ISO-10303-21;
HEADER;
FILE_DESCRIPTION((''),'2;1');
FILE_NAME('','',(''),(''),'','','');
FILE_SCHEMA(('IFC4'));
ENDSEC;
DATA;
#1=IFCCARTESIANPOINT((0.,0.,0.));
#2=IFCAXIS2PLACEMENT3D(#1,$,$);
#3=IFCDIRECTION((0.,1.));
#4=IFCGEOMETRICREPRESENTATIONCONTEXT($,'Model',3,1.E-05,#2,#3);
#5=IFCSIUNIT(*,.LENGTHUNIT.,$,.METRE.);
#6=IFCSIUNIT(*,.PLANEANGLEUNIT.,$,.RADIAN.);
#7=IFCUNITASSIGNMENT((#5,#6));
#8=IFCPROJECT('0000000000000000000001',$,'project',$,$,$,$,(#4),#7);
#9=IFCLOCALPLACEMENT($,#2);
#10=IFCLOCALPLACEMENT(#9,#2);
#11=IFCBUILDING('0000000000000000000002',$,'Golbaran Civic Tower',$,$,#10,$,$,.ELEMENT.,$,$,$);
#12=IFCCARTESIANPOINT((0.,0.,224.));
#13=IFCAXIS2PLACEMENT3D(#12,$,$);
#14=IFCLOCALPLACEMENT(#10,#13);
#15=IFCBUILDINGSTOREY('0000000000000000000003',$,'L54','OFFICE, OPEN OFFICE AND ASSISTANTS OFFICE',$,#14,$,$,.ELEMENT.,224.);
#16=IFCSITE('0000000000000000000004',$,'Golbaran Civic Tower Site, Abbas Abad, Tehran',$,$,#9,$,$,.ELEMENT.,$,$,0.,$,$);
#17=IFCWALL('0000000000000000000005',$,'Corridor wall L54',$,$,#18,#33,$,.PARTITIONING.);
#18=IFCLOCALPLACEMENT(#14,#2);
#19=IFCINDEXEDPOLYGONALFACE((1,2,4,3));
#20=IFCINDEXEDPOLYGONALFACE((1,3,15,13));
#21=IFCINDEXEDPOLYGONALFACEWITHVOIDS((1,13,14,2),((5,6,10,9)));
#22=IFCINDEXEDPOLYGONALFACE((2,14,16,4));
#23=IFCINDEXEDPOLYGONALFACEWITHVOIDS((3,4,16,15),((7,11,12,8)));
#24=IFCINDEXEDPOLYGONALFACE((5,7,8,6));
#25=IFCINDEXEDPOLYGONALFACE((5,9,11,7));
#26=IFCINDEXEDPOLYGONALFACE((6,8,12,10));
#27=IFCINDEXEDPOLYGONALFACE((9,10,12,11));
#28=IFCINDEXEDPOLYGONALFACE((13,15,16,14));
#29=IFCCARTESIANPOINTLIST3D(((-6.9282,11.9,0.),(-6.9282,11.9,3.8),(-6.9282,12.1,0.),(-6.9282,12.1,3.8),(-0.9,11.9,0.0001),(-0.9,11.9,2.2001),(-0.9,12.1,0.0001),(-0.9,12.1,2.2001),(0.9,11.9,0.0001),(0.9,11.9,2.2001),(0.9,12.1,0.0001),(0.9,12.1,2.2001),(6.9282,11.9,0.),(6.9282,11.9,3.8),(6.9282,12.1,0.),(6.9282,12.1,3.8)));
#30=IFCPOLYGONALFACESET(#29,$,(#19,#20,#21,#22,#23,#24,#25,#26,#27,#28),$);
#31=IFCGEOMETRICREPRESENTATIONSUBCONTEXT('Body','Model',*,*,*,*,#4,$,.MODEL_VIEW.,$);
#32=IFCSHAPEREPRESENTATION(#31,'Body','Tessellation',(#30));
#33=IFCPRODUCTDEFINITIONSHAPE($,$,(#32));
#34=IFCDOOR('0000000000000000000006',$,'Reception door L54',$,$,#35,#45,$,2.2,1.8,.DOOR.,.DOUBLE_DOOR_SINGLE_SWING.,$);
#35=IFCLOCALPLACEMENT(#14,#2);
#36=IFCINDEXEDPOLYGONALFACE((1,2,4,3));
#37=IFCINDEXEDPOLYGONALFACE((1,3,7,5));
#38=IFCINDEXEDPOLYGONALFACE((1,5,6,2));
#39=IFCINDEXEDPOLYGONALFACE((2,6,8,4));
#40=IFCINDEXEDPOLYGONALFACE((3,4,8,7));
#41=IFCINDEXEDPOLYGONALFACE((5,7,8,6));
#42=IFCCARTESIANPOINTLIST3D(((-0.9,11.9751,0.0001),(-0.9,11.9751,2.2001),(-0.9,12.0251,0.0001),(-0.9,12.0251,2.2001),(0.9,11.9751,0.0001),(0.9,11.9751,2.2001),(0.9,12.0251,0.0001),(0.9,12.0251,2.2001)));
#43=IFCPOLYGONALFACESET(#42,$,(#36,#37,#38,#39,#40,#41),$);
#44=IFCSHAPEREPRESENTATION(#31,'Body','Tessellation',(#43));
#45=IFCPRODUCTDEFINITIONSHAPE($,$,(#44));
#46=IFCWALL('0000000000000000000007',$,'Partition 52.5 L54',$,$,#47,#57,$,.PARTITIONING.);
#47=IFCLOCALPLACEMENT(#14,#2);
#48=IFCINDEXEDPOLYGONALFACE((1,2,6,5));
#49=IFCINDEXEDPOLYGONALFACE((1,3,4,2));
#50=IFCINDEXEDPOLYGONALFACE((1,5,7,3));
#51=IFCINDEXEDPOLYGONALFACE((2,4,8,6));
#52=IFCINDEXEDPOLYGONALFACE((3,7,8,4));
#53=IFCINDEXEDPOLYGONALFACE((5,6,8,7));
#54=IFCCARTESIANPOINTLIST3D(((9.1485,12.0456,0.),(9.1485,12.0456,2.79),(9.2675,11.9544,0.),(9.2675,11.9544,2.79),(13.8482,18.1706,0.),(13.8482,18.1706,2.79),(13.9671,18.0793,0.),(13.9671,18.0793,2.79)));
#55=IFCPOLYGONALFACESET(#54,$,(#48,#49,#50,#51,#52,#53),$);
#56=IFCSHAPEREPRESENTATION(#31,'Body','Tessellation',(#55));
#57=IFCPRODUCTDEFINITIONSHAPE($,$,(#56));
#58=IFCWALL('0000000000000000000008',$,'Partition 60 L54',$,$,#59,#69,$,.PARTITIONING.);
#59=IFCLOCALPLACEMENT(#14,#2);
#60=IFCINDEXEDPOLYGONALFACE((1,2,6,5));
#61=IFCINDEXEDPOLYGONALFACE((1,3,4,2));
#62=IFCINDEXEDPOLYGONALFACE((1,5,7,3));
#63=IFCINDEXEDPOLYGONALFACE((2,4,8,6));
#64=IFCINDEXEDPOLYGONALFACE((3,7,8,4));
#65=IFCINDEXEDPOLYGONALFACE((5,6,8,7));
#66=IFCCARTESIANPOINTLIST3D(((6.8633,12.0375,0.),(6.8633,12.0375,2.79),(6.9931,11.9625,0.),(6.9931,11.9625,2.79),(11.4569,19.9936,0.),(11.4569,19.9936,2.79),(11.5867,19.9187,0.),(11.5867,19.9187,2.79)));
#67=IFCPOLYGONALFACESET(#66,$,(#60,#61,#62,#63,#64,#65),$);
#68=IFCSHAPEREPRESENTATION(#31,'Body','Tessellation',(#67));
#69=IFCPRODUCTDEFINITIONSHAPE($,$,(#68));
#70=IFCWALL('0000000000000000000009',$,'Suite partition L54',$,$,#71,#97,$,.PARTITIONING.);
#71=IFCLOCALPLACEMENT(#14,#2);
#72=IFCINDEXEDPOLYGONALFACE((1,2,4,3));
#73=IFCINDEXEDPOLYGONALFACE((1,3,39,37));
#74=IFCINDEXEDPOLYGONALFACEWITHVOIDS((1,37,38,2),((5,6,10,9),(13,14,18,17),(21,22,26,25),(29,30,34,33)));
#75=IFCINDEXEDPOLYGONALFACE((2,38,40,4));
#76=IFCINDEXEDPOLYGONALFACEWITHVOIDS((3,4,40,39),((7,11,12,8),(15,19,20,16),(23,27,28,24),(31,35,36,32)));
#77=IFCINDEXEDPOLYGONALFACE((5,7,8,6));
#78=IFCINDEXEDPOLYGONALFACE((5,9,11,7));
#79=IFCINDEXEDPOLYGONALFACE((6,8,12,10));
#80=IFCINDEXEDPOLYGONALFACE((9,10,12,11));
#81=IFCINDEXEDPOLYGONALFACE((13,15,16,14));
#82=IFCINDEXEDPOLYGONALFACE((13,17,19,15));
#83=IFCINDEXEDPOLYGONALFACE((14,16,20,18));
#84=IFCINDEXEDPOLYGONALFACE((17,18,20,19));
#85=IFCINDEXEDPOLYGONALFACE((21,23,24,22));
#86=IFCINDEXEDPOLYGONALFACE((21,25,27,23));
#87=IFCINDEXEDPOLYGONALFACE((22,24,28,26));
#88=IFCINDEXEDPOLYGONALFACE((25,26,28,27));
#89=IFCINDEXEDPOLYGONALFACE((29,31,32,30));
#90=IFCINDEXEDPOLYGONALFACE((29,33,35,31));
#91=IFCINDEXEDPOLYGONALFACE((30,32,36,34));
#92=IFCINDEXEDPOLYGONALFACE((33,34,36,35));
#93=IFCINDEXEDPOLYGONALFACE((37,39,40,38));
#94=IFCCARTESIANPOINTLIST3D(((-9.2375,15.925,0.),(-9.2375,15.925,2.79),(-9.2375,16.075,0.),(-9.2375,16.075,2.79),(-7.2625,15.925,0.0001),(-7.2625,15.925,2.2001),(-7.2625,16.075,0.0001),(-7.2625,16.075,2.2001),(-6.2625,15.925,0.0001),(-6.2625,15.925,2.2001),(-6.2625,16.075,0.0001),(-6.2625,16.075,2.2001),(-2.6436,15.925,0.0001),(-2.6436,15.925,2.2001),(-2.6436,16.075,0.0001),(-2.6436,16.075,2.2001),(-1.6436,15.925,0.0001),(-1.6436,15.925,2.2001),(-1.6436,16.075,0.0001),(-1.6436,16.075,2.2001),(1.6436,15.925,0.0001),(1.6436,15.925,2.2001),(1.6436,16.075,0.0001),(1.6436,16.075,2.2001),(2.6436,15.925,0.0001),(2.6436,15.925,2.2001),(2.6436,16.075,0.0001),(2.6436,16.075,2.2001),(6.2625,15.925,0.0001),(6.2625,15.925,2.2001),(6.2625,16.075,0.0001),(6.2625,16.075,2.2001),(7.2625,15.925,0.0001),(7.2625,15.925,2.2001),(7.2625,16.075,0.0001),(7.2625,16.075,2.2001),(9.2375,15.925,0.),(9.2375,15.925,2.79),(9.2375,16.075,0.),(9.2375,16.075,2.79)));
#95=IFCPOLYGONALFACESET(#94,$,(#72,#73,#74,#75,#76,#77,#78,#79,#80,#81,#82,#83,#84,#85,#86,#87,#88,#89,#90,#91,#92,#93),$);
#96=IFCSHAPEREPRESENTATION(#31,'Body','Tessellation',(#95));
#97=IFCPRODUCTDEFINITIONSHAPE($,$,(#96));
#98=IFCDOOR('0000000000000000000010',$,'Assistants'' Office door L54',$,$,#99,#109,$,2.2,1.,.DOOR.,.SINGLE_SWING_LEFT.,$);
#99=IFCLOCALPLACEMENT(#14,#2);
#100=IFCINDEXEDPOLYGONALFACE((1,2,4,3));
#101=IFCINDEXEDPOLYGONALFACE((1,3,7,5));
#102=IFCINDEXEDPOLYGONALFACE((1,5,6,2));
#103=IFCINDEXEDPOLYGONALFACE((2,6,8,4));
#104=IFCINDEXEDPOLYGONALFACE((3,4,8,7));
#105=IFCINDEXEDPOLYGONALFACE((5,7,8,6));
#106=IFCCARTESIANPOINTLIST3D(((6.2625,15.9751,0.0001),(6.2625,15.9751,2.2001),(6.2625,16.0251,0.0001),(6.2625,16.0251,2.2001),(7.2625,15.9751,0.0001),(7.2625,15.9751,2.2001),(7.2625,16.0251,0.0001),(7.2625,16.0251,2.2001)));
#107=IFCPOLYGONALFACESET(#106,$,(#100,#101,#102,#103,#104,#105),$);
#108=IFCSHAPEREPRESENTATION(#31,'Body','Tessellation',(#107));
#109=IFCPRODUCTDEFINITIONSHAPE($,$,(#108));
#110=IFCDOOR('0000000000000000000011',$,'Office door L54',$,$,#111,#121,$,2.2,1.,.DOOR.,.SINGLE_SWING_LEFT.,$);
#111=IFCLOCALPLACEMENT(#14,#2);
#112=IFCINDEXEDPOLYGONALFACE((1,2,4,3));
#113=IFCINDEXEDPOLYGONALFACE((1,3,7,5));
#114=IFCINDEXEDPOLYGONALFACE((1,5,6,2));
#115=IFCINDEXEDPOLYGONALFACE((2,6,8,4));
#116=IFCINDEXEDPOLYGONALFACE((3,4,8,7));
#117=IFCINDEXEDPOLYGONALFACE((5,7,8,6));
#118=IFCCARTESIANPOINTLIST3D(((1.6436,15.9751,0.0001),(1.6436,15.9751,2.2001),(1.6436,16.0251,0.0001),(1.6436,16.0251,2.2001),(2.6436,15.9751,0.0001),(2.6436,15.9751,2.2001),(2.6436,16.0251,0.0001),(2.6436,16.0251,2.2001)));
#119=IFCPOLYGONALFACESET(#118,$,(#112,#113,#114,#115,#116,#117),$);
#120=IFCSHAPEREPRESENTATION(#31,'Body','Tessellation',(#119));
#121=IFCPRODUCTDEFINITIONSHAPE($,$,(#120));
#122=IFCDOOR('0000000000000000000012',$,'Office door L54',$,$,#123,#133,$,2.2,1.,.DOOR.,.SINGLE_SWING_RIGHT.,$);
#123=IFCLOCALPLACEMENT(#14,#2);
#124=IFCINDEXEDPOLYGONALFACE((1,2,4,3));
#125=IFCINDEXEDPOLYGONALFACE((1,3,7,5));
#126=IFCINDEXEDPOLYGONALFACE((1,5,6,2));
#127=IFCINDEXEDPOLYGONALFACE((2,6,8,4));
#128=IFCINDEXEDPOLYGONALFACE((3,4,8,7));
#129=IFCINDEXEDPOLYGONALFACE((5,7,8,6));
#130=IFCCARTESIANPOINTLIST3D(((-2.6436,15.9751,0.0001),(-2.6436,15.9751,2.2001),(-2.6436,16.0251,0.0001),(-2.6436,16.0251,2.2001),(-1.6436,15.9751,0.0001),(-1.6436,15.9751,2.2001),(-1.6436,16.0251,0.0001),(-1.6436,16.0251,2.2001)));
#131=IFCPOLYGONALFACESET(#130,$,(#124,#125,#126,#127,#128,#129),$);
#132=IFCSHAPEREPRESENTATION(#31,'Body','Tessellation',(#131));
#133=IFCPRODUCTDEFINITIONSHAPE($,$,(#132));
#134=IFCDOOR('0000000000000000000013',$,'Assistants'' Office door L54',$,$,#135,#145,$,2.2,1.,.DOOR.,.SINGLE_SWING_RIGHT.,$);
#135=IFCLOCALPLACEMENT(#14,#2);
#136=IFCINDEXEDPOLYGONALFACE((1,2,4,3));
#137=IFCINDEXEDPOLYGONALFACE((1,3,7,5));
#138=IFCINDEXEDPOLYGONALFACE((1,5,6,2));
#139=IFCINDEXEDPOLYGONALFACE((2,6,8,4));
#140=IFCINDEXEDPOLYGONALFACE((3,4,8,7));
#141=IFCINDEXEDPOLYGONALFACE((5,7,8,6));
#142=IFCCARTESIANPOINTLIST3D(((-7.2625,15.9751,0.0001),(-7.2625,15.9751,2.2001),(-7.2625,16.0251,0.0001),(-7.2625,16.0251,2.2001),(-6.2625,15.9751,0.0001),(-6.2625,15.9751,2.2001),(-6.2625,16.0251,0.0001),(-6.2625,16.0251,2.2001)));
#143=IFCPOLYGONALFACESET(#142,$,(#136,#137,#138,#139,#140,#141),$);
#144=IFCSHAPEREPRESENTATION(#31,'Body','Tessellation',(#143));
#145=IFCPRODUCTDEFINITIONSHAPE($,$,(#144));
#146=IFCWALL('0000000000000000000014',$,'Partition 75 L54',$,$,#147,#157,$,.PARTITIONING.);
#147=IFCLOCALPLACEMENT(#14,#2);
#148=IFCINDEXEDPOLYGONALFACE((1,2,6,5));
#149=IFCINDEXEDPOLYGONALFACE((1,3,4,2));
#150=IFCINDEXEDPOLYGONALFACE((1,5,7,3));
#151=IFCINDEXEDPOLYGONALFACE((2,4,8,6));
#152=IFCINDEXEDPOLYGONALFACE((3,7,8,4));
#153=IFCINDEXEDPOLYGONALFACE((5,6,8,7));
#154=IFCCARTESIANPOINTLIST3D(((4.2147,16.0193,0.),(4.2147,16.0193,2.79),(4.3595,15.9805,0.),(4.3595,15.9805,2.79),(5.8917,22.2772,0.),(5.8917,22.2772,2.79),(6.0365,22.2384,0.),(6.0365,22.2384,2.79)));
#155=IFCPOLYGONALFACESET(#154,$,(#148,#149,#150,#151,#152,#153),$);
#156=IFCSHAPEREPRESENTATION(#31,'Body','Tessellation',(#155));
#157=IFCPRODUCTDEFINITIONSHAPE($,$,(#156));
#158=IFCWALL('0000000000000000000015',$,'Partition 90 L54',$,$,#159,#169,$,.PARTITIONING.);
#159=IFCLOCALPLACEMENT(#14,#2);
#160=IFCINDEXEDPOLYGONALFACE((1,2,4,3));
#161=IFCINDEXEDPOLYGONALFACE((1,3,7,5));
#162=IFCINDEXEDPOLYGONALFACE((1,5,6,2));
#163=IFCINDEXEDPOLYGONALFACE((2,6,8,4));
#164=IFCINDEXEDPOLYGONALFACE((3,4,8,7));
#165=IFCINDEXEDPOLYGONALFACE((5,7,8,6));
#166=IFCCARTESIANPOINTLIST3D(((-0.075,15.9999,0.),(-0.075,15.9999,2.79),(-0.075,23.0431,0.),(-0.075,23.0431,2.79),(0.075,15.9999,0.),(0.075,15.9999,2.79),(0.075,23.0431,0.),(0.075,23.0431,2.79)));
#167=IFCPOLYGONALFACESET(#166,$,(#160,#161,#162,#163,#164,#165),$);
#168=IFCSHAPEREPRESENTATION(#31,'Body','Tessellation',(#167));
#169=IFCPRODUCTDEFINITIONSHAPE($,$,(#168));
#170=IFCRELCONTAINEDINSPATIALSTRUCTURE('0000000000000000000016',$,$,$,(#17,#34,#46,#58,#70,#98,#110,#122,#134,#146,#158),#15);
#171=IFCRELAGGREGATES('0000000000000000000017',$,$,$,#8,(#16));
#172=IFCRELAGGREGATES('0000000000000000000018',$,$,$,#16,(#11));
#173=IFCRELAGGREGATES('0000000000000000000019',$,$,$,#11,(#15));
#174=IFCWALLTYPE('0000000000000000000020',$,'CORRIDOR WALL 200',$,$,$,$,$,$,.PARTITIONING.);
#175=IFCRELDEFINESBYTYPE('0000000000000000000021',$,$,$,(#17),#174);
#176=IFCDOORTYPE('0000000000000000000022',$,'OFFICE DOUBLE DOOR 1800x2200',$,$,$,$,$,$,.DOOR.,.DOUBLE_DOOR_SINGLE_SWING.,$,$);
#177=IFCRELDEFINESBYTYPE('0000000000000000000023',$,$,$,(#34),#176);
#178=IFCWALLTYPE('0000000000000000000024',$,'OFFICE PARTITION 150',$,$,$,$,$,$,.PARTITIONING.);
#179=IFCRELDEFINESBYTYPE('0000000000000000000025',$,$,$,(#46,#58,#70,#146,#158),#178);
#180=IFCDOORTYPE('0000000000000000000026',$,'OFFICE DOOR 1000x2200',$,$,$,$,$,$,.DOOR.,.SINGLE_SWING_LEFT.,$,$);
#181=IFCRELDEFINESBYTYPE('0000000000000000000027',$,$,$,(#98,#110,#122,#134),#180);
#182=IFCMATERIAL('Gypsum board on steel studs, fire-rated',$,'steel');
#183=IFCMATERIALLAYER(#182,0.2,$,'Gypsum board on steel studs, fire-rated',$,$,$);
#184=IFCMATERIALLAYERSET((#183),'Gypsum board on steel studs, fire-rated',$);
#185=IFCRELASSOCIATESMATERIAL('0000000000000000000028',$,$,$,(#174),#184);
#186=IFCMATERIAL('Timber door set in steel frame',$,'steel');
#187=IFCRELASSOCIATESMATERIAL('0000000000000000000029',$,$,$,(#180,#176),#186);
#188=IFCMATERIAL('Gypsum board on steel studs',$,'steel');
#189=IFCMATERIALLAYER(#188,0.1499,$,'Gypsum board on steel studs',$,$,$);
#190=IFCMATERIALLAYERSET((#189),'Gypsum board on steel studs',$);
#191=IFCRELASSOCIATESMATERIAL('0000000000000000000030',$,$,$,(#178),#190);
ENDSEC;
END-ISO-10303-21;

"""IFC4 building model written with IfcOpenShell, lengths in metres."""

from ifc_helpers import new_model, si_unit, direction, frame, frame_2d, origin, place, context, subcontext, project, spatial, rectangle, extrude, material, layer, layer_set, type_object, element, fill, save


model = new_model("IFC4")

# Units and contexts
model_context = context("Model", 3, precision=1e-05, world=origin(), true_north=direction((0.0, 1.0)))
body_context = subcontext(model_context, "Body", "Model", "MODEL_VIEW")
ifc_project = project(units=[si_unit("LENGTHUNIT", "METRE"), si_unit("PLANEANGLEUNIT", "RADIAN")], contexts=[model_context])

# Site, building, storey
site_placement = place(None, origin())
site = spatial("IfcSite", under=ifc_project, at=site_placement, Name="Golbaran Civic Tower Site, Abbas Abad, Tehran", CompositionType="ELEMENT", RefElevation=0.0)
building_placement = place(site_placement, origin())
building = spatial("IfcBuilding", under=site, at=building_placement, Name="Golbaran Civic Tower", CompositionType="ELEMENT")
storey_placement = place(building_placement, frame((0.0, 0.0, 224.0)))
storey = spatial("IfcBuildingStorey", under=building, at=storey_placement, Name="L54", Description="OFFICE, OPEN OFFICE AND ASSISTANTS OFFICE", CompositionType="ELEMENT", Elevation=224.0)

# Shared definitions
ifc_material_1 = material(Name="Timber door set in steel frame", Category="steel")

# Shared definitions
ifc_material_2 = material(Name="Gypsum board on steel studs, fire-rated", Category="steel")
ifc_layer_1 = layer(ifc_material_2, 0.2, Name="Gypsum board on steel studs, fire-rated")
ifc_layer_set_1 = layer_set([ifc_layer_1], Name="Gypsum board on steel studs, fire-rated")
wall_type_1 = type_object("IfcWallType", Name="CORRIDOR WALL 200", PredefinedType="PARTITIONING", material=ifc_layer_set_1)

# Wall, opening, door
door_type_1 = type_object("IfcDoorType", Name="OFFICE DOOR 1000x2200", OperationType="SINGLE_SWING_LEFT", PredefinedType="DOOR", material=ifc_material_1)
wall_1_placement = place(storey_placement, frame((6.9282, 12.0, 0.0), z_axis=(0.0, 0.0, 1.0), x_axis=(-1.0, 0.0, 0.0)))
wall_1 = element("IfcWall", 1, at=wall_1_placement, inside=storey, type_object=wall_type_1, Name="Corridor wall L54", PredefinedType="PARTITIONING", context=body_context, shape_type="SweptSolid", body=[
    extrude(rectangle(XDim=13.8564, YDim=0.2, at=frame_2d((6.9282, 0.0))), origin(), (0.0, 0.0, 1.0), 3.8),
])
opening_1_placement = place(wall_1_placement, frame((6.0283, 0.0, 0.0)))
opening_1 = element("IfcOpeningElement", 2, at=opening_1_placement, cuts=wall_1, PredefinedType="OPENING", context=body_context, shape_type="SweptSolid", body=[
    extrude(rectangle(XDim=1.8, YDim=2.2, at=frame_2d((0.8999, 1.1001))), frame((0.0, 0.1099, 0.0), z_axis=(0.0, -1.0, 0.0), x_axis=(1.0, 0.0, 0.0)), (0.0, 0.0, 1.0), 0.22),
])
door_type_2 = type_object("IfcDoorType", Name="OFFICE DOUBLE DOOR 1800x2200", OperationType="DOUBLE_DOOR_SINGLE_SWING", PredefinedType="DOOR", material=ifc_material_1)
door_1_placement = place(opening_1_placement, origin())
door_1 = element("IfcDoor", 3, at=door_1_placement, inside=storey, type_object=door_type_2, Name="Reception door L54", OperationType="DOUBLE_DOOR_SINGLE_SWING", OverallHeight=2.2, OverallWidth=1.8, PredefinedType="DOOR", context=body_context, shape_type="SweptSolid", body=[
    extrude(rectangle(XDim=1.8, YDim=2.2, at=frame_2d((0.8999, 1.1001))), frame((0.0, 0.0249, 0.0), z_axis=(0.0, -1.0, 0.0), x_axis=(1.0, 0.0, 0.0)), (0.0, 0.0, 1.0), 0.05),
])
fill(opening_1, door_1)

# Walls
ifc_material_3 = material(Name="Gypsum board on steel studs", Category="steel")
ifc_layer_2 = layer(ifc_material_3, 0.1499, Name="Gypsum board on steel studs")
ifc_layer_set_2 = layer_set([ifc_layer_2], Name="Gypsum board on steel studs")
wall_type_2 = type_object("IfcWallType", Name="OFFICE PARTITION 150", PredefinedType="PARTITIONING", material=ifc_layer_set_2)
wall_2_placement = place(storey_placement, frame((9.208, 12.0, 0.0), z_axis=(0.0, 0.0, 1.0), x_axis=(0.608748, 0.793364, 0.0)))
element("IfcWall", 4, at=wall_2_placement, inside=storey, type_object=wall_type_2, Name="Partition 52.5 L54", PredefinedType="PARTITIONING", context=body_context, shape_type="SweptSolid", body=[
    extrude(rectangle(XDim=7.7202, YDim=0.1499, at=frame_2d((3.8601, 0.0))), origin(), (0.0, 0.0, 1.0), 2.79),
])
wall_3_placement = place(storey_placement, frame((6.9282, 12.0, 0.0), z_axis=(0.0, 0.0, 1.0), x_axis=(0.500006, 0.866022, 0.0)))
element("IfcWall", 5, at=wall_3_placement, inside=storey, type_object=wall_type_2, Name="Partition 60 L54", PredefinedType="PARTITIONING", context=body_context, shape_type="SweptSolid", body=[
    extrude(rectangle(XDim=9.187, YDim=0.1499, at=frame_2d((4.5935, 0.0))), origin(), (0.0, 0.0, 1.0), 2.79),
])

# Wall, openings, doors
wall_4_placement = place(storey_placement, frame((9.2375, 16.0, 0.0), z_axis=(0.0, 0.0, 1.0), x_axis=(-1.0, 0.0, 0.0)))
wall_4 = element("IfcWall", 6, at=wall_4_placement, inside=storey, type_object=wall_type_2, Name="Suite partition L54", PredefinedType="PARTITIONING", context=body_context, shape_type="SweptSolid", body=[
    extrude(rectangle(XDim=18.4751, YDim=0.1499, at=frame_2d((9.2375, 0.0))), origin(), (0.0, 0.0, 1.0), 2.79),
])
opening_2_placement = place(wall_4_placement, frame((1.9751, 0.0, 0.0)))
opening_2 = element("IfcOpeningElement", 7, at=opening_2_placement, cuts=wall_4, PredefinedType="OPENING", context=body_context, shape_type="SweptSolid", body=[
    extrude(rectangle(XDim=1.0, YDim=2.2, at=frame_2d((0.5, 1.1001))), frame((0.0, 0.085, 0.0), z_axis=(0.0, -1.0, 0.0), x_axis=(1.0, 0.0, 0.0)), (0.0, 0.0, 1.0), 0.1699),
])
opening_3_placement = place(wall_4_placement, frame((6.594, 0.0, 0.0)))
opening_3 = element("IfcOpeningElement", 8, at=opening_3_placement, cuts=wall_4, PredefinedType="OPENING", context=body_context, shape_type="SweptSolid", body=[
    extrude(rectangle(XDim=1.0, YDim=2.2, at=frame_2d((0.5, 1.1001))), frame((0.0, 0.085, 0.0), z_axis=(0.0, -1.0, 0.0), x_axis=(1.0, 0.0, 0.0)), (0.0, 0.0, 1.0), 0.1699),
])
opening_4_placement = place(wall_4_placement, frame((10.8811, 0.0, 0.0)))
opening_4 = element("IfcOpeningElement", 9, at=opening_4_placement, cuts=wall_4, PredefinedType="OPENING", context=body_context, shape_type="SweptSolid", body=[
    extrude(rectangle(XDim=1.0, YDim=2.2, at=frame_2d((0.5, 1.1001))), frame((0.0, 0.085, 0.0), z_axis=(0.0, -1.0, 0.0), x_axis=(1.0, 0.0, 0.0)), (0.0, 0.0, 1.0), 0.1699),
])
opening_5_placement = place(wall_4_placement, frame((15.5, 0.0, 0.0)))
opening_5 = element("IfcOpeningElement", 10, at=opening_5_placement, cuts=wall_4, PredefinedType="OPENING", context=body_context, shape_type="SweptSolid", body=[
    extrude(rectangle(XDim=1.0, YDim=2.2, at=frame_2d((0.5, 1.1001))), frame((0.0, 0.085, 0.0), z_axis=(0.0, -1.0, 0.0), x_axis=(1.0, 0.0, 0.0)), (0.0, 0.0, 1.0), 0.1699),
])
door_2_placement = place(opening_2_placement, origin())
door_2 = element("IfcDoor", 11, at=door_2_placement, inside=storey, type_object=door_type_1, Name="Assistants' Office door L54", OperationType="SINGLE_SWING_LEFT", OverallHeight=2.2, OverallWidth=1.0, PredefinedType="DOOR", context=body_context, shape_type="SweptSolid", body=[
    extrude(rectangle(XDim=1.0, YDim=2.2, at=frame_2d((0.5, 1.1001))), frame((0.0, 0.0249, 0.0), z_axis=(0.0, -1.0, 0.0), x_axis=(1.0, 0.0, 0.0)), (0.0, 0.0, 1.0), 0.05),
])
fill(opening_2, door_2)
door_3_placement = place(opening_3_placement, origin())
door_3 = element("IfcDoor", 12, at=door_3_placement, inside=storey, type_object=door_type_1, Name="Office door L54", OperationType="SINGLE_SWING_LEFT", OverallHeight=2.2, OverallWidth=1.0, PredefinedType="DOOR", context=body_context, shape_type="SweptSolid", body=[
    extrude(rectangle(XDim=1.0, YDim=2.2, at=frame_2d((0.5, 1.1001))), frame((0.0, 0.0249, 0.0), z_axis=(0.0, -1.0, 0.0), x_axis=(1.0, 0.0, 0.0)), (0.0, 0.0, 1.0), 0.05),
])
fill(opening_3, door_3)
door_4_placement = place(opening_4_placement, origin())
door_4 = element("IfcDoor", 13, at=door_4_placement, inside=storey, type_object=door_type_1, Name="Office door L54", OperationType="SINGLE_SWING_RIGHT", OverallHeight=2.2, OverallWidth=1.0, PredefinedType="DOOR", context=body_context, shape_type="SweptSolid", body=[
    extrude(rectangle(XDim=1.0, YDim=2.2, at=frame_2d((0.5, 1.1001))), frame((0.0, 0.0249, 0.0), z_axis=(0.0, -1.0, 0.0), x_axis=(1.0, 0.0, 0.0)), (0.0, 0.0, 1.0), 0.05),
])
fill(opening_4, door_4)
door_5_placement = place(opening_5_placement, origin())
door_5 = element("IfcDoor", 14, at=door_5_placement, inside=storey, type_object=door_type_1, Name="Assistants' Office door L54", OperationType="SINGLE_SWING_RIGHT", OverallHeight=2.2, OverallWidth=1.0, PredefinedType="DOOR", context=body_context, shape_type="SweptSolid", body=[
    extrude(rectangle(XDim=1.0, YDim=2.2, at=frame_2d((0.5, 1.1001))), frame((0.0, 0.0249, 0.0), z_axis=(0.0, -1.0, 0.0), x_axis=(1.0, 0.0, 0.0)), (0.0, 0.0, 1.0), 0.05),
])
fill(opening_5, door_5)

# Walls
wall_5_placement = place(storey_placement, frame((4.2871, 16.0, 0.0), z_axis=(0.0, 0.0, 1.0), x_axis=(0.258842, 0.96592, 0.0)))
element("IfcWall", 15, at=wall_5_placement, inside=storey, type_object=wall_type_2, Name="Partition 75 L54", PredefinedType="PARTITIONING", context=body_context, shape_type="SweptSolid", body=[
    extrude(rectangle(XDim=6.4788, YDim=0.1499, at=frame_2d((3.2393, 0.0))), origin(), (0.0, 0.0, 1.0), 2.79),
])
wall_6_placement = place(storey_placement, frame((0.0, 16.0, 0.0), z_axis=(0.0, 0.0, 1.0), x_axis=(0.0, 1.0, 0.0)))
element("IfcWall", 16, at=wall_6_placement, inside=storey, type_object=wall_type_2, Name="Partition 90 L54", PredefinedType="PARTITIONING", context=body_context, shape_type="SweptSolid", body=[
    extrude(rectangle(XDim=7.0432, YDim=0.1499, at=frame_2d((3.5215, 0.0))), origin(), (0.0, 0.0, 1.0), 2.79),
])

save(model, "model.ifc")
